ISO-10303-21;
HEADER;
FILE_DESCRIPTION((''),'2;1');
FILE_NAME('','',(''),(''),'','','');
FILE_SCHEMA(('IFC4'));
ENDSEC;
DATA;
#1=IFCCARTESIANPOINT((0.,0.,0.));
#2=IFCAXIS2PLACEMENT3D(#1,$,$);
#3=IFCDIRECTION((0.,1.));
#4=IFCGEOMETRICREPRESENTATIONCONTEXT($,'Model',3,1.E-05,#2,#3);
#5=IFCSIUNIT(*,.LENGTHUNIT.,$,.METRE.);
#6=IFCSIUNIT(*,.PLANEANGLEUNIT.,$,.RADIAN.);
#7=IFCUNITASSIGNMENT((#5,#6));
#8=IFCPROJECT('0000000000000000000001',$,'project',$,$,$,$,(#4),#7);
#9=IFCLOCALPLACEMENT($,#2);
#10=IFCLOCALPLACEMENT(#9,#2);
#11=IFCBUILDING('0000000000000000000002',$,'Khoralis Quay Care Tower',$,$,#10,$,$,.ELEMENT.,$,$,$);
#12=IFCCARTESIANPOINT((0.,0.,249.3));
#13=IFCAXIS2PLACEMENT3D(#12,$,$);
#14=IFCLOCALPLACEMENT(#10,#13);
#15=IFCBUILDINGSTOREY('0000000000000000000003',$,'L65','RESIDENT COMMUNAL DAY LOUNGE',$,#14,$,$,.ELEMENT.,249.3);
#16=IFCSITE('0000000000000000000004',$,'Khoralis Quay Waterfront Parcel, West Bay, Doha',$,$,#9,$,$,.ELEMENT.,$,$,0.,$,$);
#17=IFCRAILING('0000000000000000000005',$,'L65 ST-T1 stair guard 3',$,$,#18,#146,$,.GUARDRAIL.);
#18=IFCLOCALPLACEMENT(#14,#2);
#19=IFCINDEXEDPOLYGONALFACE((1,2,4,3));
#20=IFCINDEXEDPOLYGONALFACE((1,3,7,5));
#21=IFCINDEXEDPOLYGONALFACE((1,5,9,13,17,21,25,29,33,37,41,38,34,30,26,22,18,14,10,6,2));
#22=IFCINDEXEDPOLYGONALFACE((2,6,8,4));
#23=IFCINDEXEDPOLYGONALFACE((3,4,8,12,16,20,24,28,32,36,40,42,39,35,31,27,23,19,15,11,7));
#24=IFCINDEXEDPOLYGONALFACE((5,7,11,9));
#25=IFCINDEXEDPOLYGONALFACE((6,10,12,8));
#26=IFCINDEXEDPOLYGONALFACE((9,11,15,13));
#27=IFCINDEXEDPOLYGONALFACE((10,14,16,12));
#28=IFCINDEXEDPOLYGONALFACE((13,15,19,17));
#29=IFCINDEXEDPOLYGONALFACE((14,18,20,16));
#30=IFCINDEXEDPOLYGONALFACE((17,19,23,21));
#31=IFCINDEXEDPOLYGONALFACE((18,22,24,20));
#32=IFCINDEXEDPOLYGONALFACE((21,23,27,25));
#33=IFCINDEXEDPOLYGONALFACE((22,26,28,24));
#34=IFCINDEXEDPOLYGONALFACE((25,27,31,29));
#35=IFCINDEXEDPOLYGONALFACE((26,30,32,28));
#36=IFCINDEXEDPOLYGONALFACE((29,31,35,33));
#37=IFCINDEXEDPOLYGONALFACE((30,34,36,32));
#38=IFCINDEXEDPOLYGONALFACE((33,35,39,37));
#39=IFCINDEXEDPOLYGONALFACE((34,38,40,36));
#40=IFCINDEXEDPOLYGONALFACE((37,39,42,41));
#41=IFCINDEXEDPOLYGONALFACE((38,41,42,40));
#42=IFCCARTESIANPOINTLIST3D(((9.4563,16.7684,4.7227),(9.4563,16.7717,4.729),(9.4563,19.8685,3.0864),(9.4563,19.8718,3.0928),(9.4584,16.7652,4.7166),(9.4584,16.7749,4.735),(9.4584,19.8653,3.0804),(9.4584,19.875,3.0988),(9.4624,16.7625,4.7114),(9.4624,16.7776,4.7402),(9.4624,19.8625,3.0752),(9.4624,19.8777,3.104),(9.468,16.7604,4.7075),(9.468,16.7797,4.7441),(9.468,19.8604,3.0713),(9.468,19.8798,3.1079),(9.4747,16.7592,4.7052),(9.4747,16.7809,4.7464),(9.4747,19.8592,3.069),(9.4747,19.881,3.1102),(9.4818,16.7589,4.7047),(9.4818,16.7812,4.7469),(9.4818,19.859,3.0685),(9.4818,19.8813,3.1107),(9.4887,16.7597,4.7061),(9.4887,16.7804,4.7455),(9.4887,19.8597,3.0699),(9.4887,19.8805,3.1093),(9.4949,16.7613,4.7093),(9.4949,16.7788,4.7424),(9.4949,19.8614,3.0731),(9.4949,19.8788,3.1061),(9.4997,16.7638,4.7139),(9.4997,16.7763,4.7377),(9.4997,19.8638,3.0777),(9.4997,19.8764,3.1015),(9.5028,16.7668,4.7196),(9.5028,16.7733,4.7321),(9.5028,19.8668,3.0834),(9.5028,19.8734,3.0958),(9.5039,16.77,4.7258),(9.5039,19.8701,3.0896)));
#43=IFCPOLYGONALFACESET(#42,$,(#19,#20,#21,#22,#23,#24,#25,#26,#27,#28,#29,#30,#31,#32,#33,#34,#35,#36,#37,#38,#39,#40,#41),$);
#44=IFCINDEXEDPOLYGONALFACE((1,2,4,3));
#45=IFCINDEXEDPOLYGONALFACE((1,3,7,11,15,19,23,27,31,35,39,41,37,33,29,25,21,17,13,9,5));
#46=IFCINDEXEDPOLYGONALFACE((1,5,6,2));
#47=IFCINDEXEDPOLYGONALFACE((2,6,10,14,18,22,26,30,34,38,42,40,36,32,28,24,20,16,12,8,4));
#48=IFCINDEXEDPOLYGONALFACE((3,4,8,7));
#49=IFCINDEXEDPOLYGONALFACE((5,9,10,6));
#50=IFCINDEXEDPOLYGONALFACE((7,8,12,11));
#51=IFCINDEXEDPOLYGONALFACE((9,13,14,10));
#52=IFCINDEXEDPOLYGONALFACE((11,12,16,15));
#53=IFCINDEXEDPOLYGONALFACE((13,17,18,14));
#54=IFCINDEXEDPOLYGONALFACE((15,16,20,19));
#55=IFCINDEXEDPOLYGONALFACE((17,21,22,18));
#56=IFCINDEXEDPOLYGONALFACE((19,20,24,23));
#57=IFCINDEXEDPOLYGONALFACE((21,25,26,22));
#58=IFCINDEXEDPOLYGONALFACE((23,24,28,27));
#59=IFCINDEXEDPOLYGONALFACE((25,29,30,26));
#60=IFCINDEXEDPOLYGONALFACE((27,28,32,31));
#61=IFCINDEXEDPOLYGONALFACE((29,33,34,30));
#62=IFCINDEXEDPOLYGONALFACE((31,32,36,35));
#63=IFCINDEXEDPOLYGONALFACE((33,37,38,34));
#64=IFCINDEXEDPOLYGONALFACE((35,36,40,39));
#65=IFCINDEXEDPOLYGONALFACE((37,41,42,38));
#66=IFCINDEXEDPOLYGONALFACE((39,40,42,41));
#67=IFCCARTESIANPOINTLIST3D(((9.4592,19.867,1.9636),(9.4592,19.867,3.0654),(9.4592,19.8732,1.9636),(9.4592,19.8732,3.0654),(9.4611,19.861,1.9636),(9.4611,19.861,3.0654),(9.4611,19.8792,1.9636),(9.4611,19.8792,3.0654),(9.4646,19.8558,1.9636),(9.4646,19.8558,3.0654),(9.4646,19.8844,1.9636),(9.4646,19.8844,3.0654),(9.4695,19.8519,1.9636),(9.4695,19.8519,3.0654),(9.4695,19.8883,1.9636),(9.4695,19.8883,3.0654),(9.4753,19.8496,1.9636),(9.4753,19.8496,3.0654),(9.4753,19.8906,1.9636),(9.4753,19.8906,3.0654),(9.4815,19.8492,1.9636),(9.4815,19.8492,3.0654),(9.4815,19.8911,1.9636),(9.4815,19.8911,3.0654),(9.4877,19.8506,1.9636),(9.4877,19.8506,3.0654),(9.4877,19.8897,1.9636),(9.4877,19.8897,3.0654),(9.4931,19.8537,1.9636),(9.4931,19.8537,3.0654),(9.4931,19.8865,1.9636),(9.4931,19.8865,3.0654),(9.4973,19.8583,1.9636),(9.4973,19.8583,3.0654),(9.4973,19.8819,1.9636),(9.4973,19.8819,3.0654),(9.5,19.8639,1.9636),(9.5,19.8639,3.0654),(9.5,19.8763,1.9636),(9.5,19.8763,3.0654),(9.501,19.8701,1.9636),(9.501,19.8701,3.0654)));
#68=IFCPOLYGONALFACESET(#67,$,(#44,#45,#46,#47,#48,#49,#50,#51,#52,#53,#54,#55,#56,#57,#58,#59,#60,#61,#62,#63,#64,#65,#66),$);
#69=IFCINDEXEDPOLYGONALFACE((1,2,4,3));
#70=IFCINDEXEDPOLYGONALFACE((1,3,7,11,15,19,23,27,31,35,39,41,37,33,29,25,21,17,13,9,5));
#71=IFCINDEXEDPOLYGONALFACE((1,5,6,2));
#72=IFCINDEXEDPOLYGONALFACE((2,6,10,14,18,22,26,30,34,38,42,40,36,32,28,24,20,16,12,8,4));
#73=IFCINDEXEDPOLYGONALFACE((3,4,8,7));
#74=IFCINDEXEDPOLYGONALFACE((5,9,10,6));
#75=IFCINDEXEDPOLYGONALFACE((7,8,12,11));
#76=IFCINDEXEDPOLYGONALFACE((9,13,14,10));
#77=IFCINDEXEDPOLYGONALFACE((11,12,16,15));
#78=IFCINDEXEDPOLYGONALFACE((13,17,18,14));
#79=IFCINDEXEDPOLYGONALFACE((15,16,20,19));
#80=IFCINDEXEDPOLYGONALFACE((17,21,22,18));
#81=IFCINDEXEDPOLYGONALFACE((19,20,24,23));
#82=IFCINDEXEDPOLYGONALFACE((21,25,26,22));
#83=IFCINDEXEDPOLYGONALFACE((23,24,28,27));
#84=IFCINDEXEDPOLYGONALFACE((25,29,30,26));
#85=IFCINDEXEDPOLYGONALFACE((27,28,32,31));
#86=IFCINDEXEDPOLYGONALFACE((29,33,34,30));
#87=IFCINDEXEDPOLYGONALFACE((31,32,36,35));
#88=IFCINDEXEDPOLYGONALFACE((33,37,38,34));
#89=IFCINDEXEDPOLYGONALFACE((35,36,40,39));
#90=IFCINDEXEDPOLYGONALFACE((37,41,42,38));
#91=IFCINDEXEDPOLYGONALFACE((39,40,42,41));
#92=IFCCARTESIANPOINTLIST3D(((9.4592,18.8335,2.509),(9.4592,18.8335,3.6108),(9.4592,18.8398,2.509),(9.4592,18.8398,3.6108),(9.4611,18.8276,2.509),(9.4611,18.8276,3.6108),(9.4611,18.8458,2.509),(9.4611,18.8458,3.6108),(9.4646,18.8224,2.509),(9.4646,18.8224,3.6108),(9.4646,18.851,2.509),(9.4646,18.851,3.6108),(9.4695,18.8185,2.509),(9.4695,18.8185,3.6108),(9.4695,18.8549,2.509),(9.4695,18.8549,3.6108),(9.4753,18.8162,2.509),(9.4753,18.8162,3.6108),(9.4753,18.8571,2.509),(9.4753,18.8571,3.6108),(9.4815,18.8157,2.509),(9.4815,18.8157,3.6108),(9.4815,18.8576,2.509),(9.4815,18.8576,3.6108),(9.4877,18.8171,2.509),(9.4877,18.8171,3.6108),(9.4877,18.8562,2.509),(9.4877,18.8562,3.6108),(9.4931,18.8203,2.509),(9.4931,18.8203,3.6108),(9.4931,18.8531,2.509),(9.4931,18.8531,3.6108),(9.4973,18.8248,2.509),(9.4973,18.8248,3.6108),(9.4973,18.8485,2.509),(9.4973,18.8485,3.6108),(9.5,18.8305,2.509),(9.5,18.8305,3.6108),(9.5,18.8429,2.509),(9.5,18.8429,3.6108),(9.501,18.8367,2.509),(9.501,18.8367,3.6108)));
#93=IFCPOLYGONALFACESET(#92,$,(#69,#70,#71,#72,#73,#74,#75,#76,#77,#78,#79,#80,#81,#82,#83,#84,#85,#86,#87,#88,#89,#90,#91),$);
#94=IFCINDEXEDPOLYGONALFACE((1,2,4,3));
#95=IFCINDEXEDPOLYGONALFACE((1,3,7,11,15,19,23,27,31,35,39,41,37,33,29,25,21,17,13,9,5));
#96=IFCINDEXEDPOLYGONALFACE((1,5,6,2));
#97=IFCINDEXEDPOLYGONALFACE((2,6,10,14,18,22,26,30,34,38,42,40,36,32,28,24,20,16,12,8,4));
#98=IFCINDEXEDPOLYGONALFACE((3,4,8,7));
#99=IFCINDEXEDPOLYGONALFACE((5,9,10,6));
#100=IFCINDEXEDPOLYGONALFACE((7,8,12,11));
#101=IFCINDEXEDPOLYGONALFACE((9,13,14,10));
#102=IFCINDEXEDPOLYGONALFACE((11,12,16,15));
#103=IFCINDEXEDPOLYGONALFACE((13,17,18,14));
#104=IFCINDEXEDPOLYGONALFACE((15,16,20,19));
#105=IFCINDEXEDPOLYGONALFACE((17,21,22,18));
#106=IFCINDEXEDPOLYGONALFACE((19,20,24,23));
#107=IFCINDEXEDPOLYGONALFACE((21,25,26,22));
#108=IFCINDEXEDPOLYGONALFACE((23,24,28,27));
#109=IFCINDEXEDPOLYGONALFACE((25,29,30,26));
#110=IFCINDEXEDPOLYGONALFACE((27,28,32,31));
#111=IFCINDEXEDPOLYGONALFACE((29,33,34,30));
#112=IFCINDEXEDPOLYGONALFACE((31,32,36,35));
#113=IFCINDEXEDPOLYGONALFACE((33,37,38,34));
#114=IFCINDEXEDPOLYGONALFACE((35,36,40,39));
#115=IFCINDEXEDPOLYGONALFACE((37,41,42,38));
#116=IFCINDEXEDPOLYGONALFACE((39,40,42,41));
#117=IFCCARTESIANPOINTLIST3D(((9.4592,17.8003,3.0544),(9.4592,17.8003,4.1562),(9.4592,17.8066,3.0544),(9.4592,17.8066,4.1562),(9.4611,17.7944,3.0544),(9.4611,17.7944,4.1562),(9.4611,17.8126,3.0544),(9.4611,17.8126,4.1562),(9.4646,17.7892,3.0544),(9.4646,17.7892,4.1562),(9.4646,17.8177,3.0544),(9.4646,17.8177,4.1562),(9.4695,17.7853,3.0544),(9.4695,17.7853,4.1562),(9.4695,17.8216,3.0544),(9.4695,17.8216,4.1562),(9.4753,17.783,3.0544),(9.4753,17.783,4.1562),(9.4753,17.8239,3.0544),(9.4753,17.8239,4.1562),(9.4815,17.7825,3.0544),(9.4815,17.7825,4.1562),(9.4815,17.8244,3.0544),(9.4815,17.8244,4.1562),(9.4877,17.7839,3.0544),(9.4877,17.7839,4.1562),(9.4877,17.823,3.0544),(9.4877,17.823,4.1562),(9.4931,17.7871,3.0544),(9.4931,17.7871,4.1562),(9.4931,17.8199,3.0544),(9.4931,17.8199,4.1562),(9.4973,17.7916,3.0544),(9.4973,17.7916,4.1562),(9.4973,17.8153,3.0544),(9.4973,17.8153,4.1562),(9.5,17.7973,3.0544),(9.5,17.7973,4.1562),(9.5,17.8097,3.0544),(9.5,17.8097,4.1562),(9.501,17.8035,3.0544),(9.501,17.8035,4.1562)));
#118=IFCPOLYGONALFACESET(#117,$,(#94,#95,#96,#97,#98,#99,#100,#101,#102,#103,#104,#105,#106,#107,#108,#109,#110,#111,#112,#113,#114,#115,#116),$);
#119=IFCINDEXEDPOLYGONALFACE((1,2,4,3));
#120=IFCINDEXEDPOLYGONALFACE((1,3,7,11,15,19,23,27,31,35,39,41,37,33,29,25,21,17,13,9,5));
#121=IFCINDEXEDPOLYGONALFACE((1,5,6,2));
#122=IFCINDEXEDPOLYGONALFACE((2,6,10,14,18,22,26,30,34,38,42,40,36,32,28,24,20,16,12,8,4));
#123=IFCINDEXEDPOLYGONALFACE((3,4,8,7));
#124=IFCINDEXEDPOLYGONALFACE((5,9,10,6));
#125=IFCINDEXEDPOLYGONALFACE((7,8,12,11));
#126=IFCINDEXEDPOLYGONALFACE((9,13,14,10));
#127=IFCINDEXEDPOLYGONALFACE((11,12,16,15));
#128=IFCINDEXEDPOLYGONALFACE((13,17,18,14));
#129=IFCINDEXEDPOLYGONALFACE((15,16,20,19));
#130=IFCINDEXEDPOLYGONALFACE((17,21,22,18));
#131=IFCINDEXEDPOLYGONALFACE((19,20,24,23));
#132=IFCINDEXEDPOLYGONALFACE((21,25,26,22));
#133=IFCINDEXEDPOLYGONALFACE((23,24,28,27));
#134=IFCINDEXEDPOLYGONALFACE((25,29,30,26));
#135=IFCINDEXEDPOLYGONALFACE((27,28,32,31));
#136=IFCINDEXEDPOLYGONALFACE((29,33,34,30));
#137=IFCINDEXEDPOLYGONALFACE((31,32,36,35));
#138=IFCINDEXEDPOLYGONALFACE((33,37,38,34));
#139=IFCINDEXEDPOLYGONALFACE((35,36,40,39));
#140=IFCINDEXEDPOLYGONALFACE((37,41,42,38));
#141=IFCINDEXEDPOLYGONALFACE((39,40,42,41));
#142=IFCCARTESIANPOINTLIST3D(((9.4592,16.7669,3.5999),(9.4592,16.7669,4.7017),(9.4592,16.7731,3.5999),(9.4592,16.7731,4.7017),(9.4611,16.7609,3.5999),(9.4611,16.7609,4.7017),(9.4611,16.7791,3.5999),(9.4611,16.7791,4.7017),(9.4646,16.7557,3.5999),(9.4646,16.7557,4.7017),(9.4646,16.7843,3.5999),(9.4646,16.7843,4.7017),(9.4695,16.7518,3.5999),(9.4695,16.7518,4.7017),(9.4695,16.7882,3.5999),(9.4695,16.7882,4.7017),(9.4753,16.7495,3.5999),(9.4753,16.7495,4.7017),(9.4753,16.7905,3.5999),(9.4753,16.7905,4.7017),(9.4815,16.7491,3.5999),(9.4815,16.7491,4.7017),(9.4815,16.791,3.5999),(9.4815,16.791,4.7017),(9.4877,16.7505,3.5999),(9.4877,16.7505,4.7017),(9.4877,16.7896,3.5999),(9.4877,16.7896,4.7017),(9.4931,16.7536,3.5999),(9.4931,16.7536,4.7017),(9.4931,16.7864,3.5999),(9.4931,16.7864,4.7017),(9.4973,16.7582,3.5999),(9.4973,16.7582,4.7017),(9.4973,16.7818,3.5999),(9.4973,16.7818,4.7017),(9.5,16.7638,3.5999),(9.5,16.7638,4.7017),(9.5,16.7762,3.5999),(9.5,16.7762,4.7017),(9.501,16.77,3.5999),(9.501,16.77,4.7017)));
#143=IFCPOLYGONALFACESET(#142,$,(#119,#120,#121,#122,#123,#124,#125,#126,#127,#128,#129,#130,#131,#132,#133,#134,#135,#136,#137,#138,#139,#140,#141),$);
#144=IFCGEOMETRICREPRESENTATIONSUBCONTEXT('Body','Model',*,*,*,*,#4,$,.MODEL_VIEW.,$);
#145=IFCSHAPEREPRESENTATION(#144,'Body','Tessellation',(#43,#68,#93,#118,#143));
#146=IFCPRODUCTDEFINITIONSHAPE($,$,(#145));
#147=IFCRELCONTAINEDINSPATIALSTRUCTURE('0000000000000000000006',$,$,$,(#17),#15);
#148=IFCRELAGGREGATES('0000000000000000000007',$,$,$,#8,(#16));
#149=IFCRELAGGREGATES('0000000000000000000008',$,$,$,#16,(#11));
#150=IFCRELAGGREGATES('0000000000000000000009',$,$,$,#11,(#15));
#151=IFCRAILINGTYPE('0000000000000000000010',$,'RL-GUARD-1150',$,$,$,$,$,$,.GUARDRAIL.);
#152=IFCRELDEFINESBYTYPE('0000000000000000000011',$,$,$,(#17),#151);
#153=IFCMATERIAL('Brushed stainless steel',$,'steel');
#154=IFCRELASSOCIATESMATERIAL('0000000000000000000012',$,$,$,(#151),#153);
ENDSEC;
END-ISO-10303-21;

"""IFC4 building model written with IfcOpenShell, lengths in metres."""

from ifc_helpers import new_model, si_unit, direction, frame, origin, origin_2d, place, context, subcontext, project, spatial, circle, extrude, material, type_object, element, save


model = new_model("IFC4")

# Units and contexts
model_context = context("Model", 3, precision=1e-05, world=origin(), true_north=direction((0.0, 1.0)))
body_context = subcontext(model_context, "Body", "Model", "MODEL_VIEW")
ifc_project = project(units=[si_unit("LENGTHUNIT", "METRE"), si_unit("PLANEANGLEUNIT", "RADIAN")], contexts=[model_context])

# Site, building, storey
site_placement = place(None, origin())
site = spatial("IfcSite", under=ifc_project, at=site_placement, Name="Khoralis Quay Waterfront Parcel, West Bay, Doha", CompositionType="ELEMENT", RefElevation=0.0)
building_placement = place(site_placement, origin())
building = spatial("IfcBuilding", under=site, at=building_placement, Name="Khoralis Quay Care Tower", CompositionType="ELEMENT")
storey_placement = place(building_placement, frame((0.0, 0.0, 249.3)))
storey = spatial("IfcBuildingStorey", under=building, at=storey_placement, Name="L65", Description="RESIDENT COMMUNAL DAY LOUNGE", CompositionType="ELEMENT", Elevation=249.3)

# Railing
ifc_material_1 = material(Name="Brushed stainless steel", Category="steel")
railing_type_1 = type_object("IfcRailingType", Name="RL-GUARD-1150", PredefinedType="GUARDRAIL", material=ifc_material_1)
railing_1_placement = place(storey_placement, frame((9.48, 19.8701, 1.9636)))
element("IfcRailing", 1, at=railing_1_placement, inside=storey, type_object=railing_type_1, Name="L65 ST-T1 stair guard 3", PredefinedType="GUARDRAIL", context=body_context, shape_type="SweptSolid", body=[
    extrude(circle(Radius=0.0239, at=origin_2d()), frame((0.0, 0.0, 1.126), z_axis=(0.0, -0.884377, 0.466774), x_axis=(1.0, 0.0, 0.0)), (0.0, 0.0, 1.0), 3.5054),
    extrude(circle(Radius=0.021, at=origin_2d()), origin(), (0.0, 0.0, 1.0), 1.1018),
    extrude(circle(Radius=0.021, at=origin_2d()), frame((0.0, -1.0334, 0.5454)), (0.0, 0.0, 1.0), 1.1018),
    extrude(circle(Radius=0.021, at=origin_2d()), frame((0.0, -2.0667, 1.0908)), (0.0, 0.0, 1.0), 1.1018),
    extrude(circle(Radius=0.021, at=origin_2d()), frame((0.0, -3.1001, 1.6362)), (0.0, 0.0, 1.0), 1.1018),
])

save(model, "model.ifc")
